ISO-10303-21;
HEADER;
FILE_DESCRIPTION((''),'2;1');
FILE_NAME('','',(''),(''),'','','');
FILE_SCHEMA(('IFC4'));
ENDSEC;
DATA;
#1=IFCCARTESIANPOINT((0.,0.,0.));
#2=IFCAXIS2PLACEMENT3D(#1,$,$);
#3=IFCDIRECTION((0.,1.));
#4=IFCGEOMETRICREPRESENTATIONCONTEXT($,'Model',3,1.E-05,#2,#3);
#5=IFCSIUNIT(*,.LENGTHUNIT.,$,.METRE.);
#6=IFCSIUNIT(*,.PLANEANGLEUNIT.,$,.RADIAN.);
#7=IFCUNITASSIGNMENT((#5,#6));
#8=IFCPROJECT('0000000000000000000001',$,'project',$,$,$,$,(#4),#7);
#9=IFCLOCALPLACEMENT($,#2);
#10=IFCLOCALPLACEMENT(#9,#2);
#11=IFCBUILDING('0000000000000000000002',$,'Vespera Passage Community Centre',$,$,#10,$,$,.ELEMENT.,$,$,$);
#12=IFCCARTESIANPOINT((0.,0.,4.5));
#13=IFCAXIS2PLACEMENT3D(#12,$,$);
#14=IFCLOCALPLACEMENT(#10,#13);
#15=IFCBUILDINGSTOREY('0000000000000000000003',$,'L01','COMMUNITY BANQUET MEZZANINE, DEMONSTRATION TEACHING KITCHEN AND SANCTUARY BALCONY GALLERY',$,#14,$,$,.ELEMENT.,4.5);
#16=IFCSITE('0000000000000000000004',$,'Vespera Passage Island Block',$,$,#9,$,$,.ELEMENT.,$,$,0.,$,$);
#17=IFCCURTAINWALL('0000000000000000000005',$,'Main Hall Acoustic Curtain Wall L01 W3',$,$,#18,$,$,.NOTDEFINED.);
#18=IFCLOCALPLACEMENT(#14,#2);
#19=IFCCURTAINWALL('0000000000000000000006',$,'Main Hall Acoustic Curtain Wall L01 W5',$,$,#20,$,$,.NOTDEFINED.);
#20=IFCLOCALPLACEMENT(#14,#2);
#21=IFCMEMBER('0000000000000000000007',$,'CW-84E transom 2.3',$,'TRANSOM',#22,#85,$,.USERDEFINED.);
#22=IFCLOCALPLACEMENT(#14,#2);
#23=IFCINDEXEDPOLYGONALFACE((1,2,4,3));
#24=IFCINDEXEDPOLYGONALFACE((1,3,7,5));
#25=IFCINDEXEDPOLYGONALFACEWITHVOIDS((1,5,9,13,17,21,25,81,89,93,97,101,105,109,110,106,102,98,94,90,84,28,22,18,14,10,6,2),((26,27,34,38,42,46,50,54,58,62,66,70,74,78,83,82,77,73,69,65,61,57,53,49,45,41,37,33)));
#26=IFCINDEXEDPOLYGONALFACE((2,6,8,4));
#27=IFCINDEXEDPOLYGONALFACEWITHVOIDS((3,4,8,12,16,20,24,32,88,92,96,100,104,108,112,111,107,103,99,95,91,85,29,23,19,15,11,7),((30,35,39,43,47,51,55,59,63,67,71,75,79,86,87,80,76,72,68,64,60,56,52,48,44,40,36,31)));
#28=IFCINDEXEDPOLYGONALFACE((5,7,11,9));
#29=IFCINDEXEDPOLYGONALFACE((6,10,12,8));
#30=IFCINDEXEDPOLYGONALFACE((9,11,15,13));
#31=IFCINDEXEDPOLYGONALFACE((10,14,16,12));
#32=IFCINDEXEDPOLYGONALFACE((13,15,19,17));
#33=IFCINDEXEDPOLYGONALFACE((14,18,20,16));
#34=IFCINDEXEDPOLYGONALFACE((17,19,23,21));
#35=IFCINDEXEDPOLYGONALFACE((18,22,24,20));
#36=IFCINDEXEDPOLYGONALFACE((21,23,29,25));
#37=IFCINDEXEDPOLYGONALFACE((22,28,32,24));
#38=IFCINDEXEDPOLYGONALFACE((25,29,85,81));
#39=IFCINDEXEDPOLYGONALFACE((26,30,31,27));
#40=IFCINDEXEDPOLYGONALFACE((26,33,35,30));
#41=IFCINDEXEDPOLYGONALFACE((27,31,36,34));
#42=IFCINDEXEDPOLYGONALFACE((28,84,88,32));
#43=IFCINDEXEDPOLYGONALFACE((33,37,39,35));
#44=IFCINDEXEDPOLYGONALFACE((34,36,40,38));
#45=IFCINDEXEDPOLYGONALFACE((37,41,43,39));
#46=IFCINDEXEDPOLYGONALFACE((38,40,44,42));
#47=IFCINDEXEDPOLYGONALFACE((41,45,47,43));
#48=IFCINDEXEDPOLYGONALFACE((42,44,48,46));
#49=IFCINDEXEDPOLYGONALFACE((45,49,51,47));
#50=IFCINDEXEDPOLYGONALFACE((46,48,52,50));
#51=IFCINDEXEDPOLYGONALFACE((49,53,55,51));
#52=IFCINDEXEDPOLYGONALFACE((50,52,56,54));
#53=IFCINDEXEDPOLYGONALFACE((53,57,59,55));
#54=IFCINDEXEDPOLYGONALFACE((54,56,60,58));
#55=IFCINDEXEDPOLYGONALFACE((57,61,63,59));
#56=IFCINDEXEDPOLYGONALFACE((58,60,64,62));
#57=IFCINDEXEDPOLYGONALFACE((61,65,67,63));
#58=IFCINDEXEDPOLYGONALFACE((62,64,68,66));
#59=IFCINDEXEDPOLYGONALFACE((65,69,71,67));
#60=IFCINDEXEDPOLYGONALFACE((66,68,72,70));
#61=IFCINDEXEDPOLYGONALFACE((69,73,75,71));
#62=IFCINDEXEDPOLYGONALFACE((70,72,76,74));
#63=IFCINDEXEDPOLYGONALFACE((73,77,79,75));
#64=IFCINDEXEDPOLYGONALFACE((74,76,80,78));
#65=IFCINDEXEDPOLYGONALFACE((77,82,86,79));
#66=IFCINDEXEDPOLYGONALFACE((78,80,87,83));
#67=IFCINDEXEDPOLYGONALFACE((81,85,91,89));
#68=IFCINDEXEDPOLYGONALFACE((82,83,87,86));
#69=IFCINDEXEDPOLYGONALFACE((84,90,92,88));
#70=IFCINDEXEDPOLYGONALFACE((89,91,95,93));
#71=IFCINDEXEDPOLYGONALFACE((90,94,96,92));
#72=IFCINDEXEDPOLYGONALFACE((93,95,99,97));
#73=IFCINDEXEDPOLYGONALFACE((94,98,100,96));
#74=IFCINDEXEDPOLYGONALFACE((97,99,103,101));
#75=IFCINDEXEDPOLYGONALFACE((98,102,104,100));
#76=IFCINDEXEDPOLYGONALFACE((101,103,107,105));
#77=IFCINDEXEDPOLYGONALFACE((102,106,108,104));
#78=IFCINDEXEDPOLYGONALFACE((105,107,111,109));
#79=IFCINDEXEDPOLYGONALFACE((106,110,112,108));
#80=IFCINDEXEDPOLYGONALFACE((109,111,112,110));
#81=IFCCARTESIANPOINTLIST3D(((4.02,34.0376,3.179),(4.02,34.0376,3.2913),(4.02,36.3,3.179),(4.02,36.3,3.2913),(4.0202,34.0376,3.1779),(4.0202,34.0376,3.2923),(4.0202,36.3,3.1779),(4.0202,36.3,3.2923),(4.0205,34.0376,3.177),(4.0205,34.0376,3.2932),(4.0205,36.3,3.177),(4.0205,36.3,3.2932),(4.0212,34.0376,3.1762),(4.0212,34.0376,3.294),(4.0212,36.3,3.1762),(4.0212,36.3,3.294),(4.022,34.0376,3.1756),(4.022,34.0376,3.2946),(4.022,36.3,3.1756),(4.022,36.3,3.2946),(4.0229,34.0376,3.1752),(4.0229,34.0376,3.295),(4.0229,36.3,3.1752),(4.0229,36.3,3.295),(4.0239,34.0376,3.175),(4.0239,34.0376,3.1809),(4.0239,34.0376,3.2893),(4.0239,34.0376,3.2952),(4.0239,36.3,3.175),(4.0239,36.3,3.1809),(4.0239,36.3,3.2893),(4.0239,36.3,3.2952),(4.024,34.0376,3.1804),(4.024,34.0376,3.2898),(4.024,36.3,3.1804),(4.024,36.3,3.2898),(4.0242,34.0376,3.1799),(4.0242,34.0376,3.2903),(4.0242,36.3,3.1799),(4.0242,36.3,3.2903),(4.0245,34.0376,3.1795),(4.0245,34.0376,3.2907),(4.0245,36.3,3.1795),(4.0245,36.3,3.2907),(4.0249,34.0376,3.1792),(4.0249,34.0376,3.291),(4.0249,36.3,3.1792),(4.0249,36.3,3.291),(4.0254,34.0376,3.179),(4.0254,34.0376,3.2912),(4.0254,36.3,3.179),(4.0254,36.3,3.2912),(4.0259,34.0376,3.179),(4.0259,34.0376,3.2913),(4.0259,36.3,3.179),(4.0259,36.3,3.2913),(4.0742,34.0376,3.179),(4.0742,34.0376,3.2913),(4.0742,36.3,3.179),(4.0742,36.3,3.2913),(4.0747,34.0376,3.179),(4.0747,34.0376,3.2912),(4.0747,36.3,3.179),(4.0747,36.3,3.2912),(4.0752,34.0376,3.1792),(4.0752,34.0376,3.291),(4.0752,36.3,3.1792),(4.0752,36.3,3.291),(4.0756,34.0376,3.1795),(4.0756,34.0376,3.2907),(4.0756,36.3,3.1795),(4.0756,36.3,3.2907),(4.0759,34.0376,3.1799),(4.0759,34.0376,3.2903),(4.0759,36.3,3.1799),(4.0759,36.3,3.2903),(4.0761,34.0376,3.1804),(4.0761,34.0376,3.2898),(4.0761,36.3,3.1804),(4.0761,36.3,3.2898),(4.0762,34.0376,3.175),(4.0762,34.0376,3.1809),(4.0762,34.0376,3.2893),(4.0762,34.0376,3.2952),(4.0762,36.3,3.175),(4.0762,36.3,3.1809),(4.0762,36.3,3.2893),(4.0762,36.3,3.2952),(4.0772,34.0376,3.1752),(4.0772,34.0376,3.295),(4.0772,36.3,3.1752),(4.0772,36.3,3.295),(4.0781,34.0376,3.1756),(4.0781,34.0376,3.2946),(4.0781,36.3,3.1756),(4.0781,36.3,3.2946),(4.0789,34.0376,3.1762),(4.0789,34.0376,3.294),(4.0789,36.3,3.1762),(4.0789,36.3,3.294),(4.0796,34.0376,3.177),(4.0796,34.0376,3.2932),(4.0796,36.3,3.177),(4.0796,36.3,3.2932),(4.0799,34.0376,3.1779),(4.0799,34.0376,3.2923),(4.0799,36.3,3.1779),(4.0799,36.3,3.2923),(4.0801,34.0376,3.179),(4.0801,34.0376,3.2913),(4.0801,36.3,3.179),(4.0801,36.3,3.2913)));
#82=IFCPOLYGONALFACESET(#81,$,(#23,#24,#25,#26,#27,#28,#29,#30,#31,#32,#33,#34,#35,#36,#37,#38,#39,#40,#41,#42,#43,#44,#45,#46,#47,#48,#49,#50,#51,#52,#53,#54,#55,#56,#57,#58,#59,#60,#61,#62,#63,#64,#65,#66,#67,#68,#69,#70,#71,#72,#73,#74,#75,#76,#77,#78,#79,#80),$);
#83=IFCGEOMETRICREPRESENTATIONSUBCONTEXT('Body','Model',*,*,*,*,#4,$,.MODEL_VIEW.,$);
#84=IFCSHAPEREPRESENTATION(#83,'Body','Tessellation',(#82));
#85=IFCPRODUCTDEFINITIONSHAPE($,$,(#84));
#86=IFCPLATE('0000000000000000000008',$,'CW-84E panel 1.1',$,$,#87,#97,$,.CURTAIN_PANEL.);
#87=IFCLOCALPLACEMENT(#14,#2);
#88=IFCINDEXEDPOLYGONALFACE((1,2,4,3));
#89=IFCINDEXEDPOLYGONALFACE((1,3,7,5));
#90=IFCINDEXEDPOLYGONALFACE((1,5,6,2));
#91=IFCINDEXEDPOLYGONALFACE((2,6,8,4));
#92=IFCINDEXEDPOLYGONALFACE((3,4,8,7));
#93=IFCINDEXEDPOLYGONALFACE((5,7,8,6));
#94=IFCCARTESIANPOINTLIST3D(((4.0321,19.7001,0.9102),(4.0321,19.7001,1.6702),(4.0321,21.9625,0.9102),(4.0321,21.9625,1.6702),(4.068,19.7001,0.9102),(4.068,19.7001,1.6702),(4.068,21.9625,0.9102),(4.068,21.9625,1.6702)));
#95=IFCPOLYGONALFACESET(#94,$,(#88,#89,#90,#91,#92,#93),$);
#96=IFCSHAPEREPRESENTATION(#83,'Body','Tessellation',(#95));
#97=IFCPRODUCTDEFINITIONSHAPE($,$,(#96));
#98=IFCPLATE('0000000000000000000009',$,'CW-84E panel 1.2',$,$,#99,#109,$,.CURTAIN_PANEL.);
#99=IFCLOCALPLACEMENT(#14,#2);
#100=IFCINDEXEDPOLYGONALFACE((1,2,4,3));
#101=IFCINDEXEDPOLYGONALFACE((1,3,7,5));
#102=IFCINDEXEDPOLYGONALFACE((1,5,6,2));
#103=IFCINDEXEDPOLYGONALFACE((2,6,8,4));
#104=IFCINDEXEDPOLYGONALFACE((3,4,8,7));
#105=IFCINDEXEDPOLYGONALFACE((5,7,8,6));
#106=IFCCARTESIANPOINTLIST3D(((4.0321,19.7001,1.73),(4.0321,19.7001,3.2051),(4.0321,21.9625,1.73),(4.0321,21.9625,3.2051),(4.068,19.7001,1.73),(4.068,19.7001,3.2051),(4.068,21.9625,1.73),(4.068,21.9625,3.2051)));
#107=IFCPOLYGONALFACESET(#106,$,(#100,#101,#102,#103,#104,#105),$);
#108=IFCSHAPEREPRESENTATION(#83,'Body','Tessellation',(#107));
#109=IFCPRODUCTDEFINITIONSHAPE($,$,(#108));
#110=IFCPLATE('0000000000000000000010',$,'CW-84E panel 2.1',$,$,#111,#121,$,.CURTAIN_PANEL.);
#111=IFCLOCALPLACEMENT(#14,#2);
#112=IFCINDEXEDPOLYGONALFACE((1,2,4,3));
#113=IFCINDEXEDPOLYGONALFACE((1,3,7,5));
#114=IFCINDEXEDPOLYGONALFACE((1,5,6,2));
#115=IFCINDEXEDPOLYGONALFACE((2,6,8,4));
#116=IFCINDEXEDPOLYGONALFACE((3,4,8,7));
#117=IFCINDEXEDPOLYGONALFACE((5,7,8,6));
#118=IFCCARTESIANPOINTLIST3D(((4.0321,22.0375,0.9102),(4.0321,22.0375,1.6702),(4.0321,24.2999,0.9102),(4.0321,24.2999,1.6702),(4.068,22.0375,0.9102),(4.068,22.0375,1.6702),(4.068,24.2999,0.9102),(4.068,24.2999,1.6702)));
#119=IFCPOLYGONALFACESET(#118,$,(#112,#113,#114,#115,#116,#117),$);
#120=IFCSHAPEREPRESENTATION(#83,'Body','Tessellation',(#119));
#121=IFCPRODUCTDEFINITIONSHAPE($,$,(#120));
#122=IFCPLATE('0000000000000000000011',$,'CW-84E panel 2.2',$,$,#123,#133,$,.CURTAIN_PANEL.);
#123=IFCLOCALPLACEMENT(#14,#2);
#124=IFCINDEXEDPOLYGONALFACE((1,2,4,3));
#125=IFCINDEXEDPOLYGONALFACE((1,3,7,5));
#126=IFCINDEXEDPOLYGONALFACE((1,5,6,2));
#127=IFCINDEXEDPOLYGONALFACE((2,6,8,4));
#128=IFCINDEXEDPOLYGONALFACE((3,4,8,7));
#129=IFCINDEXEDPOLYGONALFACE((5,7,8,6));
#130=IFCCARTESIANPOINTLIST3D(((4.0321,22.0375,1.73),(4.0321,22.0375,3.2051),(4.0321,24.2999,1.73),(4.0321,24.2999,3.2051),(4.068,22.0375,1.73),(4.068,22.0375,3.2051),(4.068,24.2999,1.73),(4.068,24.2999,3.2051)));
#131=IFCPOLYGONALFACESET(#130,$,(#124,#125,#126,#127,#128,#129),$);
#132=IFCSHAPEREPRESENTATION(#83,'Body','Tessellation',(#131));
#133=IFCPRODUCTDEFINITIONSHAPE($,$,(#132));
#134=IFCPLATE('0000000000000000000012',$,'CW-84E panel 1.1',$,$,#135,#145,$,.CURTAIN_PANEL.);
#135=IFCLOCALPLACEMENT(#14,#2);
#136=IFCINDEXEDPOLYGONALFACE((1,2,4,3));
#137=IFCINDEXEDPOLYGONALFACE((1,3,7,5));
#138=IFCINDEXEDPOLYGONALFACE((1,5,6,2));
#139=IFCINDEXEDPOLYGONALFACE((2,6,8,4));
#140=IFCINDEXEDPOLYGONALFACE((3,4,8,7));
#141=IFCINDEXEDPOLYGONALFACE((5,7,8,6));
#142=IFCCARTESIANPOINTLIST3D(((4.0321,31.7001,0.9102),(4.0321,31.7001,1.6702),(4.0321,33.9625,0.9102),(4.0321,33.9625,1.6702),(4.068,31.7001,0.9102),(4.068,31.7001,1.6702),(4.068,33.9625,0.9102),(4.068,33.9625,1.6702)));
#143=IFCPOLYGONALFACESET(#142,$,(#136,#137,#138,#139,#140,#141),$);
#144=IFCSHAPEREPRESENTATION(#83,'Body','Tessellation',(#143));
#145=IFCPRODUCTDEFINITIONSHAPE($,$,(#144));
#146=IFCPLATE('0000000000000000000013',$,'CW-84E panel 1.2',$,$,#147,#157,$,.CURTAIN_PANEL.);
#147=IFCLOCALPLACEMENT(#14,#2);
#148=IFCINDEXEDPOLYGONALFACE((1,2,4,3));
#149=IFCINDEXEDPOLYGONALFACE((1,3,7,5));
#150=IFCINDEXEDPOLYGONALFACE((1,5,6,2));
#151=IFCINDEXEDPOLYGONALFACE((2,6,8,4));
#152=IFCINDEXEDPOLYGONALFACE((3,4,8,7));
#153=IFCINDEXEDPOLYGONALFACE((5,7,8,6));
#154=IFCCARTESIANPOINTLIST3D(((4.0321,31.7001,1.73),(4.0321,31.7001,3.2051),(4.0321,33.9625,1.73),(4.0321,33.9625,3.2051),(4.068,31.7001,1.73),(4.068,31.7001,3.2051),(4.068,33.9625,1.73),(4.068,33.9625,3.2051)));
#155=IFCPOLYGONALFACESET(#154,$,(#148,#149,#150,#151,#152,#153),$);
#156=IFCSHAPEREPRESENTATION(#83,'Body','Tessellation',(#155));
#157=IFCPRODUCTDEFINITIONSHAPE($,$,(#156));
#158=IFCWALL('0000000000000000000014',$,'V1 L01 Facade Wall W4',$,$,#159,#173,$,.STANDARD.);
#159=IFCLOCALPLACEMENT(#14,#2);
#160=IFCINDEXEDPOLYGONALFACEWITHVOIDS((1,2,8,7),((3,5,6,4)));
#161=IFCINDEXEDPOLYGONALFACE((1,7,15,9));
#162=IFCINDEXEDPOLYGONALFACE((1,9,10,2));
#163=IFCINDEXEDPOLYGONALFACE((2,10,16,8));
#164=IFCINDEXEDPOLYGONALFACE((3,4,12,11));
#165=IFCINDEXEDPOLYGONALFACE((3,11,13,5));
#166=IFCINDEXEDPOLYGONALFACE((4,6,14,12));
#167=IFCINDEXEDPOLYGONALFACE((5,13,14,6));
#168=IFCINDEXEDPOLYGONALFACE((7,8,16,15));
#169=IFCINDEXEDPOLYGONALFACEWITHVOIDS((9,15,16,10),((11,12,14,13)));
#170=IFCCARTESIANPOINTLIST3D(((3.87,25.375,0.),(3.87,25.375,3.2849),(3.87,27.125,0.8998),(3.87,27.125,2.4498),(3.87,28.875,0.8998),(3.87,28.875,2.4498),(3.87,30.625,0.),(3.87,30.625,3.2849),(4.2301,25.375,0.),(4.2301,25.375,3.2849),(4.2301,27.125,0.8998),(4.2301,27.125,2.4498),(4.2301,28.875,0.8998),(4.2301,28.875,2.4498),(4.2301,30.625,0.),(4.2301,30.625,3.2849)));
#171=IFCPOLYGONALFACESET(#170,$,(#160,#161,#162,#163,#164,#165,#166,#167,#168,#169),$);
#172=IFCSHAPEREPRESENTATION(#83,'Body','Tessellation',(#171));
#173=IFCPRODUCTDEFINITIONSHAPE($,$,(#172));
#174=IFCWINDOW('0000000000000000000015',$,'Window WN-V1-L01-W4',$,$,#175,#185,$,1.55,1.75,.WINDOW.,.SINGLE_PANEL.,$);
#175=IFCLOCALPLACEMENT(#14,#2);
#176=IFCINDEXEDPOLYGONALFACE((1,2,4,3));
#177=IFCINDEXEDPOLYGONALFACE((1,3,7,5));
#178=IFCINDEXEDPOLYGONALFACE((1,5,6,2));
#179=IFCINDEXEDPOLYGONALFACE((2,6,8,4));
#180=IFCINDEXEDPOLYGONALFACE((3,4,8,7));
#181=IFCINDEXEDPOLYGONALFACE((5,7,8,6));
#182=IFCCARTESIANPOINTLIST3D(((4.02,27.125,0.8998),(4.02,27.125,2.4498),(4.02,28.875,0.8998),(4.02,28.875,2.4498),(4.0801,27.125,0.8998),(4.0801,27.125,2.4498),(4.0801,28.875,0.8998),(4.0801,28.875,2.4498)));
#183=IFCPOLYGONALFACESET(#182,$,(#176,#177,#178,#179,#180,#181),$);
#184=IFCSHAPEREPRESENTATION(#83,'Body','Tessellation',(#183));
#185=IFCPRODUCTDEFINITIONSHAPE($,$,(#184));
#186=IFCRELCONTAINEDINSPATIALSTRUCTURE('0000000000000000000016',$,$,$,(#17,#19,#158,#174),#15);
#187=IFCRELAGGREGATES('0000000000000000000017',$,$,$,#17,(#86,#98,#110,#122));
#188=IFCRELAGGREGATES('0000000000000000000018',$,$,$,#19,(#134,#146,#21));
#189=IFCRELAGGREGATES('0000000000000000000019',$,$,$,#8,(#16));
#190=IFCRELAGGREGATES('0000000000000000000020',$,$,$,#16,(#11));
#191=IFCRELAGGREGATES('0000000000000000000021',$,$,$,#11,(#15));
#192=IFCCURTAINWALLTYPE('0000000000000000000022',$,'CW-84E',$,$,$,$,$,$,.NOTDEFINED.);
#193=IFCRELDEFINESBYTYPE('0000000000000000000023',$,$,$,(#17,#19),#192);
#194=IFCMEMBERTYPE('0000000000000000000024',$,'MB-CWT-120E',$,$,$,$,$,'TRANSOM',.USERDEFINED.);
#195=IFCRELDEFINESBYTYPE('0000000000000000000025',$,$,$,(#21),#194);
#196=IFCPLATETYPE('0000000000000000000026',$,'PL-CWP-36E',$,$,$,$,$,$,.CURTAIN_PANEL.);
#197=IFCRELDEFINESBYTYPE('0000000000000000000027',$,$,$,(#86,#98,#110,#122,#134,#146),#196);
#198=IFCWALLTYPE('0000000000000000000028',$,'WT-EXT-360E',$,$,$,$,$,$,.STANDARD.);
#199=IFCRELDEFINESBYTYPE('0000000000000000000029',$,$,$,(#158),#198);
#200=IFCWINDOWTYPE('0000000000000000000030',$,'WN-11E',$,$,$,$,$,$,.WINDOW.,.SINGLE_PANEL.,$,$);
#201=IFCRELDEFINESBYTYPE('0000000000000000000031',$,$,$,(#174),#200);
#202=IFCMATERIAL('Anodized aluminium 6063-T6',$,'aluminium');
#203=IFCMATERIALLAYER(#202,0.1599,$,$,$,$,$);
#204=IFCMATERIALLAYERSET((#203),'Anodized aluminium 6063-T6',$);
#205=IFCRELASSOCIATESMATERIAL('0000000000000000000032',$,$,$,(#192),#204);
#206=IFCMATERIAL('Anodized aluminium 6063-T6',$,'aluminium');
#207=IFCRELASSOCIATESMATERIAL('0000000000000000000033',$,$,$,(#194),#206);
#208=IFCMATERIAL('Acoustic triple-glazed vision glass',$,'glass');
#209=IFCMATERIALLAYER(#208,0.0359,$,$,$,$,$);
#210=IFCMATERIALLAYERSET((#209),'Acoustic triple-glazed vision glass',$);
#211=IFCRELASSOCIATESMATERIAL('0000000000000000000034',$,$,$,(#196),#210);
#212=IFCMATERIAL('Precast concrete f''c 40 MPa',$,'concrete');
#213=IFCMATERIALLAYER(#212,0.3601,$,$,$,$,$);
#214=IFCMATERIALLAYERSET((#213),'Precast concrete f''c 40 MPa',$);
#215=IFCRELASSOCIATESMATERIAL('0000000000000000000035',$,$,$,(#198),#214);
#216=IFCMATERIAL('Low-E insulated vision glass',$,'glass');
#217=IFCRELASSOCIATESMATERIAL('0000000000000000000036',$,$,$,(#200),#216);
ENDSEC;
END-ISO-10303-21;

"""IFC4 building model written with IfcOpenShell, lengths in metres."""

from ifc_helpers import new_model, si_unit, direction, frame, frame_2d, origin, origin_2d, place, context, subcontext, project, spatial, rectangle, hollow_rectangle, extrude, material, layer, layer_set, material_profile, profile_set, type_object, element, fill, aggregate, save


model = new_model("IFC4")

# Units and contexts
model_context = context("Model", 3, precision=1e-05, world=origin(), true_north=direction((0.0, 1.0)))
body_context = subcontext(model_context, "Body", "Model", "MODEL_VIEW")
ifc_project = project(units=[si_unit("LENGTHUNIT", "METRE"), si_unit("PLANEANGLEUNIT", "RADIAN")], contexts=[model_context])

# Site, building, storey
site_placement = place(None, origin())
site = spatial("IfcSite", under=ifc_project, at=site_placement, Name="Vespera Passage Island Block", CompositionType="ELEMENT", RefElevation=0.0)
building_placement = place(site_placement, origin())
building = spatial("IfcBuilding", under=site, at=building_placement, Name="Vespera Passage Community Centre", CompositionType="ELEMENT")
storey_placement = place(building_placement, frame((0.0, 0.0, 4.5)))
storey = spatial("IfcBuildingStorey", under=building, at=storey_placement, Name="L01", Description="COMMUNITY BANQUET MEZZANINE, DEMONSTRATION TEACHING KITCHEN AND SANCTUARY BALCONY GALLERY", CompositionType="ELEMENT", Elevation=4.5)

# Curtain walls
ifc_material_1 = material(Name="Anodized aluminium 6063-T6", Category="aluminium")
ifc_layer_1 = layer(ifc_material_1, 0.1599)
ifc_layer_set_1 = layer_set([ifc_layer_1], Name="Anodized aluminium 6063-T6")
curtain_wall_type = type_object("IfcCurtainWallType", Name="CW-84E", PredefinedType="NOTDEFINED", material=ifc_layer_set_1)
curtain_wall_1_placement = place(storey_placement, origin())
curtain_wall_1 = element("IfcCurtainWall", 1, at=curtain_wall_1_placement, inside=storey, type_object=curtain_wall_type, Name="Main Hall Acoustic Curtain Wall L01 W3", PredefinedType="NOTDEFINED")
curtain_wall_2_placement = place(storey_placement, origin())
curtain_wall_2 = element("IfcCurtainWall", 2, at=curtain_wall_2_placement, inside=storey, type_object=curtain_wall_type, Name="Main Hall Acoustic Curtain Wall L01 W5", PredefinedType="NOTDEFINED")

# Member
ifc_material_2 = material(Name="Anodized aluminium 6063-T6", Category="aluminium")
ifc_material_profile_1 = material_profile(ifc_material_2, hollow_rectangle(XDim=0.0601, YDim=0.1201, WallThickness=0.0039, InnerFilletRadius=0.002, OuterFilletRadius=0.0039, at=origin_2d()), Name="ALU120X60X4")
ifc_profile_set_1 = profile_set([ifc_material_profile_1], Name="Anodized aluminium 6063-T6")
member_type_1 = type_object("IfcMemberType", Name="MB-CWT-120E", ElementType="TRANSOM", PredefinedType="USERDEFINED", material=ifc_profile_set_1)
member_1_placement = place(storey_placement, frame((4.05, 34.0376, 3.2351), z_axis=(0.0, 1.0, 0.0), x_axis=(-1.0, 0.0, 0.0)))
member_1 = element("IfcMember", 3, at=member_1_placement, type_object=member_type_1, Name="CW-84E transom 2.3", ObjectType="TRANSOM", PredefinedType="USERDEFINED", context=body_context, shape_type="SweptSolid", body=[
    extrude(hollow_rectangle(XDim=0.0601, YDim=0.1201, WallThickness=0.0039, InnerFilletRadius=0.002, OuterFilletRadius=0.0039, at=origin_2d()), origin(), (0.0, 0.0, 1.0), 2.2625),
])

# Plates
ifc_material_3 = material(Name="Acoustic triple-glazed vision glass", Category="glass")
ifc_layer_2 = layer(ifc_material_3, 0.0359)
ifc_layer_set_2 = layer_set([ifc_layer_2], Name="Acoustic triple-glazed vision glass")
plate_type = type_object("IfcPlateType", Name="PL-CWP-36E", PredefinedType="CURTAIN_PANEL", material=ifc_layer_set_2)
plate_1_placement = place(storey_placement, frame((4.05, 20.8313, 0.9102), z_axis=(0.0, 0.0, 1.0), x_axis=(0.0, 1.0, 0.0)))
plate_1 = element("IfcPlate", 4, at=plate_1_placement, type_object=plate_type, Name="CW-84E panel 1.1", PredefinedType="CURTAIN_PANEL", context=body_context, shape_type="SweptSolid", body=[
    extrude(rectangle(XDim=2.2625, YDim=0.0359, at=origin_2d()), origin(), (0.0, 0.0, 1.0), 0.76),
])
plate_2_placement = place(storey_placement, frame((4.05, 20.8313, 1.73), z_axis=(0.0, 0.0, 1.0), x_axis=(0.0, 1.0, 0.0)))
plate_2 = element("IfcPlate", 5, at=plate_2_placement, type_object=plate_type, Name="CW-84E panel 1.2", PredefinedType="CURTAIN_PANEL", context=body_context, shape_type="SweptSolid", body=[
    extrude(rectangle(XDim=2.2625, YDim=0.0359, at=origin_2d()), origin(), (0.0, 0.0, 1.0), 1.4751),
])
plate_3_placement = place(storey_placement, frame((4.05, 23.1687, 0.9102), z_axis=(0.0, 0.0, 1.0), x_axis=(0.0, 1.0, 0.0)))
plate_3 = element("IfcPlate", 6, at=plate_3_placement, type_object=plate_type, Name="CW-84E panel 2.1", PredefinedType="CURTAIN_PANEL", context=body_context, shape_type="SweptSolid", body=[
    extrude(rectangle(XDim=2.2625, YDim=0.0359, at=origin_2d()), origin(), (0.0, 0.0, 1.0), 0.76),
])
plate_4_placement = place(storey_placement, frame((4.05, 23.1687, 1.73), z_axis=(0.0, 0.0, 1.0), x_axis=(0.0, 1.0, 0.0)))
plate_4 = element("IfcPlate", 7, at=plate_4_placement, type_object=plate_type, Name="CW-84E panel 2.2", PredefinedType="CURTAIN_PANEL", context=body_context, shape_type="SweptSolid", body=[
    extrude(rectangle(XDim=2.2625, YDim=0.0359, at=origin_2d()), origin(), (0.0, 0.0, 1.0), 1.4751),
])
aggregate(curtain_wall_1, [plate_1, plate_2, plate_3, plate_4])
plate_5_placement = place(storey_placement, frame((4.05, 32.8313, 0.9102), z_axis=(0.0, 0.0, 1.0), x_axis=(0.0, 1.0, 0.0)))
plate_5 = element("IfcPlate", 8, at=plate_5_placement, type_object=plate_type, Name="CW-84E panel 1.1", PredefinedType="CURTAIN_PANEL", context=body_context, shape_type="SweptSolid", body=[
    extrude(rectangle(XDim=2.2625, YDim=0.0359, at=origin_2d()), origin(), (0.0, 0.0, 1.0), 0.76),
])
plate_6_placement = place(storey_placement, frame((4.05, 32.8313, 1.73), z_axis=(0.0, 0.0, 1.0), x_axis=(0.0, 1.0, 0.0)))
plate_6 = element("IfcPlate", 9, at=plate_6_placement, type_object=plate_type, Name="CW-84E panel 1.2", PredefinedType="CURTAIN_PANEL", context=body_context, shape_type="SweptSolid", body=[
    extrude(rectangle(XDim=2.2625, YDim=0.0359, at=origin_2d()), origin(), (0.0, 0.0, 1.0), 1.4751),
])
aggregate(curtain_wall_2, [plate_5, plate_6, member_1])

# Wall, opening, window
ifc_material_4 = material(Name="Precast concrete f'c 40 MPa", Category="concrete")
ifc_layer_3 = layer(ifc_material_4, 0.3601)
ifc_layer_set_3 = layer_set([ifc_layer_3], Name="Precast concrete f'c 40 MPa")
wall_type = type_object("IfcWallType", Name="WT-EXT-360E", PredefinedType="STANDARD", material=ifc_layer_set_3)
wall_1_placement = place(storey_placement, frame((4.05, 25.375, 0.0), z_axis=(0.0, 0.0, 1.0), x_axis=(0.0, 1.0, 0.0)))
wall_1 = element("IfcWall", 10, at=wall_1_placement, inside=storey, type_object=wall_type, Name="V1 L01 Facade Wall W4", PredefinedType="STANDARD", context=body_context, shape_type="SweptSolid", body=[
    extrude(rectangle(XDim=5.25, YDim=0.3601, at=frame_2d((2.625, 0.0))), origin(), (0.0, 0.0, 1.0), 3.2849),
])
opening_placement = place(wall_1_placement, frame((1.75, 0.0, 0.8999)))
opening = element("IfcOpeningElement", 11, at=opening_placement, cuts=wall_1, PredefinedType="OPENING", context=body_context, shape_type="SweptSolid", body=[
    extrude(rectangle(XDim=1.75, YDim=1.55, at=frame_2d((0.875, 0.7749))), frame((0.0, 0.1902, 0.0), z_axis=(0.0, -1.0, 0.0), x_axis=(1.0, 0.0, 0.0)), (0.0, 0.0, 1.0), 0.3801),
])
ifc_material_5 = material(Name="Low-E insulated vision glass", Category="glass")
window_type = type_object("IfcWindowType", Name="WN-11E", PartitioningType="SINGLE_PANEL", PredefinedType="WINDOW", material=ifc_material_5)
window_placement = place(opening_placement, origin())
window = element("IfcWindow", 12, at=window_placement, inside=storey, type_object=window_type, Name="Window WN-V1-L01-W4", OverallHeight=1.55, OverallWidth=1.75, PartitioningType="SINGLE_PANEL", PredefinedType="WINDOW", context=body_context, shape_type="SweptSolid", body=[
    extrude(rectangle(XDim=1.75, YDim=1.55, at=frame_2d((0.875, 0.7749))), frame((0.0, 0.03, 0.0), z_axis=(0.0, -1.0, 0.0), x_axis=(1.0, 0.0, 0.0)), (0.0, 0.0, 1.0), 0.0601),
])
fill(opening, window)

save(model, "model.ifc")
